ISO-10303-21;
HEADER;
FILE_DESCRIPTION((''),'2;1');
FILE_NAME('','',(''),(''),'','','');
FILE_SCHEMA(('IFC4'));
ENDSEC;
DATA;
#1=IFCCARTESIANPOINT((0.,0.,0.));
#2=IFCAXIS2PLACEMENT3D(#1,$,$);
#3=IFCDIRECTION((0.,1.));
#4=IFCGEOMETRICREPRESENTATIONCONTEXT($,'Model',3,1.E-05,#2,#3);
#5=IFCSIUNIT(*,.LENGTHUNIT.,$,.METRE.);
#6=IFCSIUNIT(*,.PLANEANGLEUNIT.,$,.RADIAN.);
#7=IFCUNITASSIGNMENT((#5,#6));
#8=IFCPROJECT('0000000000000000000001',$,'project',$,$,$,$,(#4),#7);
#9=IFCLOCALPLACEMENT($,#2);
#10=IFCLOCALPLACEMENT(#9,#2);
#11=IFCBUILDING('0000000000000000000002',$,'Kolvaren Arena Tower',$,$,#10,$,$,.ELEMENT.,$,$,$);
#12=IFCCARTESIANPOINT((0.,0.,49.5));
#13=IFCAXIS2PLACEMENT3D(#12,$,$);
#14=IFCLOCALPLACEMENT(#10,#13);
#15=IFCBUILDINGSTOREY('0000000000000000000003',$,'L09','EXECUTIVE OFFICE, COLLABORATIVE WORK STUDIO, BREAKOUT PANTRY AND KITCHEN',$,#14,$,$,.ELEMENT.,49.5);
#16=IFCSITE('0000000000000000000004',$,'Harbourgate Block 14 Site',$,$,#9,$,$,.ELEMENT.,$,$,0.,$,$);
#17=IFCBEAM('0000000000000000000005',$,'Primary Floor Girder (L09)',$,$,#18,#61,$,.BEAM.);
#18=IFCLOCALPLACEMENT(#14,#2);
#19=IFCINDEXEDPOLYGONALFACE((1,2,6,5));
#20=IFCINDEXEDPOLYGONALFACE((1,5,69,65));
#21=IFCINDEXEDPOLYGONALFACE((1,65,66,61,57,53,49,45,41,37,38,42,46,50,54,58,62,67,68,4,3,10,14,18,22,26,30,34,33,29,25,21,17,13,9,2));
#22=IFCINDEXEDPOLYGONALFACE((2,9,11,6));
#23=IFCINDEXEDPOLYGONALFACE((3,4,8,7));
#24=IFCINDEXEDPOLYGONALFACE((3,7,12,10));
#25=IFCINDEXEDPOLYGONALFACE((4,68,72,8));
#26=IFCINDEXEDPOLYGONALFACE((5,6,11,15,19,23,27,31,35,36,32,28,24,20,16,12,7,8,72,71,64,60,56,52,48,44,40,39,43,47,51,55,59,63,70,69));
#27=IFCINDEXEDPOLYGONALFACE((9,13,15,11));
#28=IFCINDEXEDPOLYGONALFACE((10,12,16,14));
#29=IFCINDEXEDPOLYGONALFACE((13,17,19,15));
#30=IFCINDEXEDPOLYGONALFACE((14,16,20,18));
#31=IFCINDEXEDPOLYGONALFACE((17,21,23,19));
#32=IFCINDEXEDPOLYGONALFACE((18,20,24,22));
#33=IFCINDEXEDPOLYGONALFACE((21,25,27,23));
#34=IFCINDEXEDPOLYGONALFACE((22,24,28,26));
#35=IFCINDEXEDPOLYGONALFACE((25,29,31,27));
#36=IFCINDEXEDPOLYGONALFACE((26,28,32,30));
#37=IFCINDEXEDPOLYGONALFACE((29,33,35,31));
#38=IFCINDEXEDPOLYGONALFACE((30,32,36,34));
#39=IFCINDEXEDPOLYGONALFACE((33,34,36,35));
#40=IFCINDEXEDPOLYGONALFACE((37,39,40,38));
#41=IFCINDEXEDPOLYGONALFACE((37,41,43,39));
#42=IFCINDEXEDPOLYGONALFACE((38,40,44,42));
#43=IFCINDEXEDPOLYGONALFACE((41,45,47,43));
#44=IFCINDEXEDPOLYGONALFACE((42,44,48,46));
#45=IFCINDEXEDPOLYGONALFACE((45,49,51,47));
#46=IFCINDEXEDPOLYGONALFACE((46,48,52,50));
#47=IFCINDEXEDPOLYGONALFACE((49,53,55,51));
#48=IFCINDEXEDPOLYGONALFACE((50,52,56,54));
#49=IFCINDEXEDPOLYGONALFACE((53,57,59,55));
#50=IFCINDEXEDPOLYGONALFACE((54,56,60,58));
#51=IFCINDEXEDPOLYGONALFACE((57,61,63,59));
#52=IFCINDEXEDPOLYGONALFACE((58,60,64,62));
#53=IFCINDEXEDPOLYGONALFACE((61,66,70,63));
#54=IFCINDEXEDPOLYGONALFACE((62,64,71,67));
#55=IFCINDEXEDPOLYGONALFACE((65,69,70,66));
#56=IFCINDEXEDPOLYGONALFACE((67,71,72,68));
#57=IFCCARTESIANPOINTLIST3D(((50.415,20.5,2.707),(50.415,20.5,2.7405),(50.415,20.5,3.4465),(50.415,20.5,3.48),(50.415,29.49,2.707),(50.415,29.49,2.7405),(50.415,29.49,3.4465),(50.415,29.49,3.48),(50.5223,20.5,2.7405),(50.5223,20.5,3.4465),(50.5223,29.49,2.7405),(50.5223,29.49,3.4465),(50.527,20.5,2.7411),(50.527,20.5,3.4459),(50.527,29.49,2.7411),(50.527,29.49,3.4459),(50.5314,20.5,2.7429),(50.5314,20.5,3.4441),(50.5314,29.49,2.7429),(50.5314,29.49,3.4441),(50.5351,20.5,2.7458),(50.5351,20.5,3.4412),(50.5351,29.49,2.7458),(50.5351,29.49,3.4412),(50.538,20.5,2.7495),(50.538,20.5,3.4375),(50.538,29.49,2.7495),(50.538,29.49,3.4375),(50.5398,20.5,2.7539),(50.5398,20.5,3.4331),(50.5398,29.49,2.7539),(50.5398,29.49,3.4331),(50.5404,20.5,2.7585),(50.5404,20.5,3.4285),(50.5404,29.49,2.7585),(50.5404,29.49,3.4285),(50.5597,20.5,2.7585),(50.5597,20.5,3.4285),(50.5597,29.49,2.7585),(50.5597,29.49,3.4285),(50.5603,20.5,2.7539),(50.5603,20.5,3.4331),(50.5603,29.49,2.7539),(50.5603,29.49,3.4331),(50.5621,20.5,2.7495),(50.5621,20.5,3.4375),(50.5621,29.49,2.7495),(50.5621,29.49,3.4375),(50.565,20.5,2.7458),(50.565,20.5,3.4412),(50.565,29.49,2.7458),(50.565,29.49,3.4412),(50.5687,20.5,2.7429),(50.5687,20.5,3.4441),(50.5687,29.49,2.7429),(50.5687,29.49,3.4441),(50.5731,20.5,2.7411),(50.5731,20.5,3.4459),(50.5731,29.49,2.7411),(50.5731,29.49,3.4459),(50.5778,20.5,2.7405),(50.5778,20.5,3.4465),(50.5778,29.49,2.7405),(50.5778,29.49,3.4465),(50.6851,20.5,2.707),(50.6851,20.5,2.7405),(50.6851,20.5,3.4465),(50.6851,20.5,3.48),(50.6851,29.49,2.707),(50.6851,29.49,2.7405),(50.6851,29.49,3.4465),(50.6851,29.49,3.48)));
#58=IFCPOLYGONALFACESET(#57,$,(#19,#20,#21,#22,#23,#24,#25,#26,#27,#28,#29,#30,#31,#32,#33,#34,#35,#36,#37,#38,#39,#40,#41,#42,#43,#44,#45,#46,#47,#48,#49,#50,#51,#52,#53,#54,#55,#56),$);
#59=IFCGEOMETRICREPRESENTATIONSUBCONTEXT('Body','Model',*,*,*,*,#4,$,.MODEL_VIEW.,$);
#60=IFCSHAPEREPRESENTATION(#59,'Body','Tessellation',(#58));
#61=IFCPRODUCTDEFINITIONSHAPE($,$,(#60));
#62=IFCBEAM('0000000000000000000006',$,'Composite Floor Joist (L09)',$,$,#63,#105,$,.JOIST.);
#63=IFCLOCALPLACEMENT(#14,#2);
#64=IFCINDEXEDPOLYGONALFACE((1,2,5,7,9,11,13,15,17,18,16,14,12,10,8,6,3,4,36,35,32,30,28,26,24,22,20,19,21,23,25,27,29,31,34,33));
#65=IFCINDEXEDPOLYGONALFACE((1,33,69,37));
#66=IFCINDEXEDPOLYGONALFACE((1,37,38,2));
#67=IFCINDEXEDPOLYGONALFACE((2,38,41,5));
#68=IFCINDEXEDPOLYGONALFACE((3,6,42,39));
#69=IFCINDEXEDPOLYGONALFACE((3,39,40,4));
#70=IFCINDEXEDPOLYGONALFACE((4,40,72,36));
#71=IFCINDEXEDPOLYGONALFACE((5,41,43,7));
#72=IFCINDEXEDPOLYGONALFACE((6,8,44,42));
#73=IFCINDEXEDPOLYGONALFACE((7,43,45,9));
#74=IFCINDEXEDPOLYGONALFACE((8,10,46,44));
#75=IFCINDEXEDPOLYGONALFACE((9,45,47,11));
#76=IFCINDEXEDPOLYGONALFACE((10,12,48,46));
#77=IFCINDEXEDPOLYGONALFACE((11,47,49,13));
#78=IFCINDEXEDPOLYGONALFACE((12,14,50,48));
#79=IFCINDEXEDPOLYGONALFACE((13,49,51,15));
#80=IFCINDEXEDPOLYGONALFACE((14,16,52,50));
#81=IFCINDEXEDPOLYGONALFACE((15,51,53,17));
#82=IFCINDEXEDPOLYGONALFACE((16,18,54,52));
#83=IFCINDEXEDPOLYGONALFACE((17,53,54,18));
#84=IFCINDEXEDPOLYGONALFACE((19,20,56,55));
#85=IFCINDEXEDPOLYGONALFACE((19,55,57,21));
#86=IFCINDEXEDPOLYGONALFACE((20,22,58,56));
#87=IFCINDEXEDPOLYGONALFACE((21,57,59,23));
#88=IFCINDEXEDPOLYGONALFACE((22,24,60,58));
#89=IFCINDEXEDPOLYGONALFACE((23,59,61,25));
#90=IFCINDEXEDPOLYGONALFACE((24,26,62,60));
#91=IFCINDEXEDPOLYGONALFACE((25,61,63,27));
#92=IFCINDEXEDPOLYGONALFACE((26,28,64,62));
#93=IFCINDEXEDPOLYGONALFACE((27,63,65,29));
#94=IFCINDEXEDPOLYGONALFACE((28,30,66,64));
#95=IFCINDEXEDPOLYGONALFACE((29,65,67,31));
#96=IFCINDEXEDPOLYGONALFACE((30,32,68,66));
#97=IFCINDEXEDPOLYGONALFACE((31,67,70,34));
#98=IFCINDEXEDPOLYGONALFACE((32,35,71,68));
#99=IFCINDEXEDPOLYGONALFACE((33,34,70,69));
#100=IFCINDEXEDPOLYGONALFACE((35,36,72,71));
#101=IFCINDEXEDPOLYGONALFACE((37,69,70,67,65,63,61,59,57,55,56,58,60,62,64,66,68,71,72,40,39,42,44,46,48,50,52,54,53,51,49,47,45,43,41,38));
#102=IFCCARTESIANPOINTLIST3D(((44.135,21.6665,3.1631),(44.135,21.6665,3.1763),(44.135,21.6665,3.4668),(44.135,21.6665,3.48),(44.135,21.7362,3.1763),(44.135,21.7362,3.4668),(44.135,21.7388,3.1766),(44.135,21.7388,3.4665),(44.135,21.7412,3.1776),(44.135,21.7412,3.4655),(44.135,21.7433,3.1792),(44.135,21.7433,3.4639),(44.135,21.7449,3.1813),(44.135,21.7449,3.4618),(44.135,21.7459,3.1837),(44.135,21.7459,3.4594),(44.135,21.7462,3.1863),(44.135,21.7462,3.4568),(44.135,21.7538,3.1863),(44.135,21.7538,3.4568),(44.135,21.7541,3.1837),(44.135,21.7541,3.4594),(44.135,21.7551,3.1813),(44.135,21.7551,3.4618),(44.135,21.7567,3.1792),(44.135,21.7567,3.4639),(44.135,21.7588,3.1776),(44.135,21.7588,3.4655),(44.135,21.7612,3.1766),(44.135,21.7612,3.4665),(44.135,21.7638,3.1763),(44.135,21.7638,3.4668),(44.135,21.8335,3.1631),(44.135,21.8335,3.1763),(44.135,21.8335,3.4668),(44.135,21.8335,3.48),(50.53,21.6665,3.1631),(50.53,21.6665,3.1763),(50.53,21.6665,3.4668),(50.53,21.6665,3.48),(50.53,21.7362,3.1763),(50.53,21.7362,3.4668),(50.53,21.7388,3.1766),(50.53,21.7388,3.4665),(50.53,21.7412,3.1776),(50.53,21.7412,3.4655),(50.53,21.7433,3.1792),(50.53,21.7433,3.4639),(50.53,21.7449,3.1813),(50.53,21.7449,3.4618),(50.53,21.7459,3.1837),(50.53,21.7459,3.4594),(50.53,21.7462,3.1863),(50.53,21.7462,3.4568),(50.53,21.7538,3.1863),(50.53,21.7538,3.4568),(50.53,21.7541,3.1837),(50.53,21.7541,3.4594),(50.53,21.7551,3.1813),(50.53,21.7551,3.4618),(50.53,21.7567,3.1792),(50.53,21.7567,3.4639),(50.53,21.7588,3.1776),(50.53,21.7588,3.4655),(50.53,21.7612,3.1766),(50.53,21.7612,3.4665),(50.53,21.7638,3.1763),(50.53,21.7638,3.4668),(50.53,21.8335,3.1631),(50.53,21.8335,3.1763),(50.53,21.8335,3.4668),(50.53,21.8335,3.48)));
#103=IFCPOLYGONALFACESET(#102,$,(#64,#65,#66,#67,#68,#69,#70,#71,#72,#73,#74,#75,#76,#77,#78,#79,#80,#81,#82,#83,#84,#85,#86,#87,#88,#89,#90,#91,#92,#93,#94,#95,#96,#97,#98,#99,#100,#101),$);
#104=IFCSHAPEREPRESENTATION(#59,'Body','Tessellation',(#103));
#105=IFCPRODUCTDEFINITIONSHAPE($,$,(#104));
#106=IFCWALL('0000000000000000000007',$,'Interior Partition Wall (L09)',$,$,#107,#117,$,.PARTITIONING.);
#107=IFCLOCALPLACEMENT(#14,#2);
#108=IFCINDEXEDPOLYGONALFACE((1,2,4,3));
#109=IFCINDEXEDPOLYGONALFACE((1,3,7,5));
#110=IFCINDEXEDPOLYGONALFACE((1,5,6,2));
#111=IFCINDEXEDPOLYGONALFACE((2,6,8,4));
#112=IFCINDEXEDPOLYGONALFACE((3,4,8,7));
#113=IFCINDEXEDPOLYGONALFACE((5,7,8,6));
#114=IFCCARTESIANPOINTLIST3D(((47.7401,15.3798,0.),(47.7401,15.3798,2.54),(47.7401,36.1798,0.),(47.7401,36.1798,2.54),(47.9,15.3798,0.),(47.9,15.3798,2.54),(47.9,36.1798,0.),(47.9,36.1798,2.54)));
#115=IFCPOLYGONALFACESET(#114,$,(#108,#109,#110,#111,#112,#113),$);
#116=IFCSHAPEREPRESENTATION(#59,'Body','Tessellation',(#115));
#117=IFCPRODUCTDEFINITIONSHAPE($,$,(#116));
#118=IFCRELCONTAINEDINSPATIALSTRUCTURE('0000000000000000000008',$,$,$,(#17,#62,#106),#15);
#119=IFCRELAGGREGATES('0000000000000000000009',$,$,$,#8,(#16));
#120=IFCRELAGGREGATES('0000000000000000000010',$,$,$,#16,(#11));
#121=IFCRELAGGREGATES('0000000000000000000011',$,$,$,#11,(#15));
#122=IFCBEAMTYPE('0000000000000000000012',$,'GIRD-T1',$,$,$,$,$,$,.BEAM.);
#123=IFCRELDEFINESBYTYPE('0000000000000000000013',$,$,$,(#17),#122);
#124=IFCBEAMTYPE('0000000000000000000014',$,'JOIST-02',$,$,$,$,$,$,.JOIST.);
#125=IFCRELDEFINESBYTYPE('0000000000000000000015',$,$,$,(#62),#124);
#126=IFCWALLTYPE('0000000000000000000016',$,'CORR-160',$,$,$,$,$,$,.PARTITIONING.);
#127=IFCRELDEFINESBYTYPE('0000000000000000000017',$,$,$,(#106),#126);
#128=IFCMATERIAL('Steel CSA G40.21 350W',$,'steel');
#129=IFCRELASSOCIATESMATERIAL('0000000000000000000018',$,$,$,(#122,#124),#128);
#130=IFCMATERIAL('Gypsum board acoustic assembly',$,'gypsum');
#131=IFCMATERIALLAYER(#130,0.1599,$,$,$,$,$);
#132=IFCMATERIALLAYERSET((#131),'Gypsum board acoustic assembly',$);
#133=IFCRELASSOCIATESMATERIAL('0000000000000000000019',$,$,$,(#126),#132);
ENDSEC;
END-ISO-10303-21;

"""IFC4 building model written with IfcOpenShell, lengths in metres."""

from ifc_helpers import new_model, si_unit, direction, frame, frame_2d, origin, origin_2d, place, context, subcontext, project, spatial, rectangle, i_section, extrude, material, layer, layer_set, material_profile, profile_set, type_object, element, save


model = new_model("IFC4")

# Units and contexts
model_context = context("Model", 3, precision=1e-05, world=origin(), true_north=direction((0.0, 1.0)))
body_context = subcontext(model_context, "Body", "Model", "MODEL_VIEW")
ifc_project = project(units=[si_unit("LENGTHUNIT", "METRE"), si_unit("PLANEANGLEUNIT", "RADIAN")], contexts=[model_context])

# Site, building, storey
site_placement = place(None, origin())
site = spatial("IfcSite", under=ifc_project, at=site_placement, Name="Harbourgate Block 14 Site", CompositionType="ELEMENT", RefElevation=0.0)
building_placement = place(site_placement, origin())
building = spatial("IfcBuilding", under=site, at=building_placement, Name="Kolvaren Arena Tower", CompositionType="ELEMENT")
storey_placement = place(building_placement, frame((0.0, 0.0, 49.5)))
storey = spatial("IfcBuildingStorey", under=building, at=storey_placement, Name="L09", Description="EXECUTIVE OFFICE, COLLABORATIVE WORK STUDIO, BREAKOUT PANTRY AND KITCHEN", CompositionType="ELEMENT", Elevation=49.5)

# Beams
ifc_material_1 = material(Name="Steel CSA G40.21 350W", Category="steel")
ifc_material_profile_1 = material_profile(ifc_material_1, i_section(OverallWidth=0.27, OverallDepth=0.7729, WebThickness=0.0193, FlangeThickness=0.0334, FilletRadius=0.0181, at=origin_2d()), Name="W760x257")
ifc_profile_set_1 = profile_set([ifc_material_profile_1], Name="Steel CSA G40.21 350W")
beam_type_1 = type_object("IfcBeamType", Name="GIRD-T1", PredefinedType="BEAM", material=ifc_profile_set_1)
beam_1_placement = place(storey_placement, frame((50.55, 20.5, 3.0935), z_axis=(0.0, 1.0, 0.0), x_axis=(-1.0, 0.0, 0.0)))
element("IfcBeam", 1, at=beam_1_placement, inside=storey, type_object=beam_type_1, Name="Primary Floor Girder (L09)", PredefinedType="BEAM", context=body_context, shape_type="SweptSolid", body=[
    extrude(i_section(OverallWidth=0.27, OverallDepth=0.7729, WebThickness=0.0193, FlangeThickness=0.0334, FilletRadius=0.0181, at=origin_2d()), origin(), (0.0, 0.0, 1.0), 8.99),
])
ifc_material_profile_2 = material_profile(ifc_material_1, i_section(OverallWidth=0.167, OverallDepth=0.3169, WebThickness=0.0076, FlangeThickness=0.0132, FilletRadius=0.01, at=origin_2d()), Name="W310x52")
ifc_profile_set_2 = profile_set([ifc_material_profile_2], Name="Steel CSA G40.21 350W")
beam_type_2 = type_object("IfcBeamType", Name="JOIST-02", PredefinedType="JOIST", material=ifc_profile_set_2)
beam_2_placement = place(storey_placement, frame((44.135, 21.75, 3.3215), z_axis=(1.0, 0.0, 0.0), x_axis=(0.0, 1.0, 0.0)))
element("IfcBeam", 2, at=beam_2_placement, inside=storey, type_object=beam_type_2, Name="Composite Floor Joist (L09)", PredefinedType="JOIST", context=body_context, shape_type="SweptSolid", body=[
    extrude(i_section(OverallWidth=0.167, OverallDepth=0.3169, WebThickness=0.0076, FlangeThickness=0.0132, FilletRadius=0.01, at=origin_2d()), origin(), (0.0, 0.0, 1.0), 6.395),
])

# Wall
ifc_material_2 = material(Name="Gypsum board acoustic assembly", Category="gypsum")
ifc_layer_1 = layer(ifc_material_2, 0.1599)
ifc_layer_set_1 = layer_set([ifc_layer_1], Name="Gypsum board acoustic assembly")
wall_type_1 = type_object("IfcWallType", Name="CORR-160", PredefinedType="PARTITIONING", material=ifc_layer_set_1)
wall_1_placement = place(storey_placement, frame((47.8201, 15.3799, 0.0), z_axis=(0.0, 0.0, 1.0), x_axis=(0.0, 1.0, 0.0)))
element("IfcWall", 3, at=wall_1_placement, inside=storey, type_object=wall_type_1, Name="Interior Partition Wall (L09)", PredefinedType="PARTITIONING", context=body_context, shape_type="SweptSolid", body=[
    extrude(rectangle(XDim=20.8, YDim=0.1599, at=frame_2d((10.3999, 0.0))), origin(), (0.0, 0.0, 1.0), 2.54),
])

save(model, "model.ifc")
